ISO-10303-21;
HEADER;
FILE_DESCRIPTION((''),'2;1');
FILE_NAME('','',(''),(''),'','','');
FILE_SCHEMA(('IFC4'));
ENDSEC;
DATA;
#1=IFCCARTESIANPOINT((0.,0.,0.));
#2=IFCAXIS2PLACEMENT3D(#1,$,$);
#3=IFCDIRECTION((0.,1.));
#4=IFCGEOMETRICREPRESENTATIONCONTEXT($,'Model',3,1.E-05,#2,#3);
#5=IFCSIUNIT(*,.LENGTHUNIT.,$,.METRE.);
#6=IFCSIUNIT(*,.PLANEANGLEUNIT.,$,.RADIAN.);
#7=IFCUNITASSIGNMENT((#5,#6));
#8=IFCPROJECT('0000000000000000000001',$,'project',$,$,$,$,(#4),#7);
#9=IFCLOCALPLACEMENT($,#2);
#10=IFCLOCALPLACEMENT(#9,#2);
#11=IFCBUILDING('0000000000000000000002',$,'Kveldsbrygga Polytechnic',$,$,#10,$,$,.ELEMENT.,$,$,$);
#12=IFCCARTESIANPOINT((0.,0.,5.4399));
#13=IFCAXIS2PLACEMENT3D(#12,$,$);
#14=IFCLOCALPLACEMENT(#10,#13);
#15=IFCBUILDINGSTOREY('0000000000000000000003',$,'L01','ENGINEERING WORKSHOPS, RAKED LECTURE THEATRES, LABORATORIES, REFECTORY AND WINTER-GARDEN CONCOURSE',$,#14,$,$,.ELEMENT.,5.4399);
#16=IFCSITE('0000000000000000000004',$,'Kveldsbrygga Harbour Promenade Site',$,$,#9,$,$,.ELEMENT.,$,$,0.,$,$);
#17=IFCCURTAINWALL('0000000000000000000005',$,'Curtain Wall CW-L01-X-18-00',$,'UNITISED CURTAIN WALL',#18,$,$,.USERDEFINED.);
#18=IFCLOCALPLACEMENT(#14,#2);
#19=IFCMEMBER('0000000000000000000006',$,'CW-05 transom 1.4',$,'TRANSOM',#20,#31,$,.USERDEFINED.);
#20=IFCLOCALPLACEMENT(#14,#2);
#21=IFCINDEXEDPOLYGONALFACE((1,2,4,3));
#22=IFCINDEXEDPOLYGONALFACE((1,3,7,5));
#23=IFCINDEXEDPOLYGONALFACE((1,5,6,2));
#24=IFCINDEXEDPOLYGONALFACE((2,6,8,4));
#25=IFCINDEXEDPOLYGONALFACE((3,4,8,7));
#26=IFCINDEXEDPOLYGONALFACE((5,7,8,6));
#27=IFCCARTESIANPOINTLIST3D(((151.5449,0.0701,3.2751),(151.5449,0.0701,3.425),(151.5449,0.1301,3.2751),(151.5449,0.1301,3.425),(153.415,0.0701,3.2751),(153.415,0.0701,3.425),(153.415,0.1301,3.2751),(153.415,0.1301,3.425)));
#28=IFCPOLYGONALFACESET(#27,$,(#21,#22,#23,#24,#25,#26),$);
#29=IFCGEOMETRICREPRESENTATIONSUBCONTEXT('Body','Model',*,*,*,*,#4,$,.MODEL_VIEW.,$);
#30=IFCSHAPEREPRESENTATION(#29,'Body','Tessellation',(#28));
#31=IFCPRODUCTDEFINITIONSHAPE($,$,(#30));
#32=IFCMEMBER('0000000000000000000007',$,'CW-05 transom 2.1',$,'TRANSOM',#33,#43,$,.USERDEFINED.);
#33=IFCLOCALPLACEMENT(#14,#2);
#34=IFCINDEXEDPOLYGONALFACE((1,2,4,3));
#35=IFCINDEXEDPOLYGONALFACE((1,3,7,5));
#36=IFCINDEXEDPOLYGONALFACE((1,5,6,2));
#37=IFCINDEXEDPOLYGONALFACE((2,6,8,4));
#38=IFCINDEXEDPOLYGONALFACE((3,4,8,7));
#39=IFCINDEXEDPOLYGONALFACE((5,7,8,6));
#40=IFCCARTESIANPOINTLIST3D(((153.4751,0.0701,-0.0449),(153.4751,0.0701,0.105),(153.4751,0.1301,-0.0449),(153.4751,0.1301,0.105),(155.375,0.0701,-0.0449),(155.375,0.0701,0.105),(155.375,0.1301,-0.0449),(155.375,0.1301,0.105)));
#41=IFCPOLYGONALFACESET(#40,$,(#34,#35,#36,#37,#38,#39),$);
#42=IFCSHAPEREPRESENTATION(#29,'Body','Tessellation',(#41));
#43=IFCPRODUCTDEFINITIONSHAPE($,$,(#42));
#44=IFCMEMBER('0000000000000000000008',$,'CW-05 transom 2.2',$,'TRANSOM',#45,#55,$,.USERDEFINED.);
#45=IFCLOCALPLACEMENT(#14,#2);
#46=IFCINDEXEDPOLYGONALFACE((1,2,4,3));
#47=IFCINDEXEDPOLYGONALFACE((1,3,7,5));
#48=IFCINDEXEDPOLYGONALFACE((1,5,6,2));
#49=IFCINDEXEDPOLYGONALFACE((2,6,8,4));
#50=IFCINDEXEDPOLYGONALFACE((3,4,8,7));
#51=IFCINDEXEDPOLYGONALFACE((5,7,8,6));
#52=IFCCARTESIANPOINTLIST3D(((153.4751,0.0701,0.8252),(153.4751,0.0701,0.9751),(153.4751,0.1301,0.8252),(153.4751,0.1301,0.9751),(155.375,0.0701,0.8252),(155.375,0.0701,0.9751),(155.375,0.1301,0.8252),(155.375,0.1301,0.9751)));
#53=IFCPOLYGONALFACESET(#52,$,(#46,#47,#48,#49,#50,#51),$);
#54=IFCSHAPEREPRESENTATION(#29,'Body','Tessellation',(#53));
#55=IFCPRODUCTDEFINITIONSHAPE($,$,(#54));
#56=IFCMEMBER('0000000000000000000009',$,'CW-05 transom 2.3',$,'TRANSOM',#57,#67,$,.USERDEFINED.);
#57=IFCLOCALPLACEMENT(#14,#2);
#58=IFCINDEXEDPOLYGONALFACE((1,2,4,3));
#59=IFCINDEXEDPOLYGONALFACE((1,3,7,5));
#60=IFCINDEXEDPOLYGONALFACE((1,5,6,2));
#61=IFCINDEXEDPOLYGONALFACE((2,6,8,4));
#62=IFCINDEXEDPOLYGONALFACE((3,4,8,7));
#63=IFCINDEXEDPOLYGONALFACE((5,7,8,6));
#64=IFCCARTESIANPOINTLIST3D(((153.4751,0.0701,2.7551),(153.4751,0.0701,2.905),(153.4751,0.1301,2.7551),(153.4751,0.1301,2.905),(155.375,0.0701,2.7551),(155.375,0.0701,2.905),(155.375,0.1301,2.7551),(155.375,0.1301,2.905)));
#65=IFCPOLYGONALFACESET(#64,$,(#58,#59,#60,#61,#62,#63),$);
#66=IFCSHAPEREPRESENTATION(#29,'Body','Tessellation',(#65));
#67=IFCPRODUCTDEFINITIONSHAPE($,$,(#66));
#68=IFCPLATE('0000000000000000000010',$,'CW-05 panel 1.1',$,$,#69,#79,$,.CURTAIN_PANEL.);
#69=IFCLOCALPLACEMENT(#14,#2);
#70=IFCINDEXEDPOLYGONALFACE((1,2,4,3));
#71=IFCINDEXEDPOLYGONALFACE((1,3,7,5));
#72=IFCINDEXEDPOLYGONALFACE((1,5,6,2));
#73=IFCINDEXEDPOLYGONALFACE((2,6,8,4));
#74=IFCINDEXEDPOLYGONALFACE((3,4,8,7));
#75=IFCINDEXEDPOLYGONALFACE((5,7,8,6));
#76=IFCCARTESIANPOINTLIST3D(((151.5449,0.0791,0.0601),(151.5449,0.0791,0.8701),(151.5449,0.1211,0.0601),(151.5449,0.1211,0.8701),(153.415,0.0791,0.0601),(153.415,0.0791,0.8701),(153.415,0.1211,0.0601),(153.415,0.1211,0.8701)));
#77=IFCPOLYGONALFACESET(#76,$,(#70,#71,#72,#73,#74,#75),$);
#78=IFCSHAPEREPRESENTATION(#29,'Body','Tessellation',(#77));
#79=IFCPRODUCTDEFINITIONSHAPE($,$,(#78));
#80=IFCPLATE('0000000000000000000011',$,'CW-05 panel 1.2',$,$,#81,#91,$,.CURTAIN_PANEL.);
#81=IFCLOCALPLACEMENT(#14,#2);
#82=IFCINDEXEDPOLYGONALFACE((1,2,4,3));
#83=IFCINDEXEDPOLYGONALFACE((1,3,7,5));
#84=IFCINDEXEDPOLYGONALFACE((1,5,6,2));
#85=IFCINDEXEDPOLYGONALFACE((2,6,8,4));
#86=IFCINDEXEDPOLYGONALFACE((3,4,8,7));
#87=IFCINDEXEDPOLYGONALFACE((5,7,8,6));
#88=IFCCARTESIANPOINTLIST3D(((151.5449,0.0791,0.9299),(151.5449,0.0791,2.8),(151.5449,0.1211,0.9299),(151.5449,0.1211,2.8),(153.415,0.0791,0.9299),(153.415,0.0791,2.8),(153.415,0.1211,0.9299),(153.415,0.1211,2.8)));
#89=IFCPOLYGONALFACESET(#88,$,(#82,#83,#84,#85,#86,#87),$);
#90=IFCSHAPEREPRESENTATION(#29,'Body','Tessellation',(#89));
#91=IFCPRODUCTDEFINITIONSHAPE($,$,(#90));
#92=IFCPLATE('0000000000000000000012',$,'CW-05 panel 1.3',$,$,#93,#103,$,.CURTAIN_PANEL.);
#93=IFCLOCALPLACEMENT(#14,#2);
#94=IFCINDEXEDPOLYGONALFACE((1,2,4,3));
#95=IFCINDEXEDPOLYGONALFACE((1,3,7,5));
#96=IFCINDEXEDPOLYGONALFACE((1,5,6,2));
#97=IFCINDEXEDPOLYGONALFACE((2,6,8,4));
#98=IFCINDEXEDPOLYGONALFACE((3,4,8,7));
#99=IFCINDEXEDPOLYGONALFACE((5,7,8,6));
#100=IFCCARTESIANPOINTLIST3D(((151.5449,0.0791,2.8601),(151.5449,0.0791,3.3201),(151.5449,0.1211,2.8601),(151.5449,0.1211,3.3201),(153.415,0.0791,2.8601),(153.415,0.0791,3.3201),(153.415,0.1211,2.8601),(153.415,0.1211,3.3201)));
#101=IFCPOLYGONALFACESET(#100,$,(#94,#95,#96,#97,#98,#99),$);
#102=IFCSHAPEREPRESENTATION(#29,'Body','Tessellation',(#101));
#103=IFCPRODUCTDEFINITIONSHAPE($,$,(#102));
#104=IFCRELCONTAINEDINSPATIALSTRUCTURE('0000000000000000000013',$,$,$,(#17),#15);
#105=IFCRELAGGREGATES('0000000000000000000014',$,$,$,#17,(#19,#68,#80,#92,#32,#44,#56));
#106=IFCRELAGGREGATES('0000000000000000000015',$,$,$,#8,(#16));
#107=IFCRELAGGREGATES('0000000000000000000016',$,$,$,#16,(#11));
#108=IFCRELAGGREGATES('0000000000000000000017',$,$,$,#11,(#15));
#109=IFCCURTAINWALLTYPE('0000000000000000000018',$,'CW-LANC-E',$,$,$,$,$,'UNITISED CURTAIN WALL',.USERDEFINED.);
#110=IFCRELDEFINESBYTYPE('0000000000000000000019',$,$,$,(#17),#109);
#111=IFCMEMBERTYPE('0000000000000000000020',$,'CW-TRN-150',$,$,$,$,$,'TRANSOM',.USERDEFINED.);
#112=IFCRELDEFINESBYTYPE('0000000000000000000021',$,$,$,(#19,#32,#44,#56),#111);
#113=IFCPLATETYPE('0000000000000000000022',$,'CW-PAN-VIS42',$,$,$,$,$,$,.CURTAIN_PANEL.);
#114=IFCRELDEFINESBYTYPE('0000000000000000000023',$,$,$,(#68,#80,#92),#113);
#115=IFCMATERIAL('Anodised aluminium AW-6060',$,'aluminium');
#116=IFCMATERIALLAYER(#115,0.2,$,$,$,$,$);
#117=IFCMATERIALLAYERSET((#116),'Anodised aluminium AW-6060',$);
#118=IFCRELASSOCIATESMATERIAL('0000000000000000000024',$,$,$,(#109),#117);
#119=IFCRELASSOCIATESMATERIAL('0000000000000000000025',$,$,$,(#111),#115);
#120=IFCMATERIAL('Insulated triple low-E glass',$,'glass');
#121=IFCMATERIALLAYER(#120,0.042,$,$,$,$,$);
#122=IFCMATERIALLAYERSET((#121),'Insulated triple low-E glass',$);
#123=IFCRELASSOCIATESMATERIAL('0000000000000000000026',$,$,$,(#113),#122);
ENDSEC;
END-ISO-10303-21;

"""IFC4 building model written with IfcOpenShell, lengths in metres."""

from ifc_helpers import new_model, si_unit, direction, frame, origin, origin_2d, place, context, subcontext, project, spatial, rectangle, extrude, material, layer, layer_set, material_profile, profile_set, type_object, element, aggregate, save


model = new_model("IFC4")

# Units and contexts
model_context = context("Model", 3, precision=1e-05, world=origin(), true_north=direction((0.0, 1.0)))
body_context = subcontext(model_context, "Body", "Model", "MODEL_VIEW")
ifc_project = project(units=[si_unit("LENGTHUNIT", "METRE"), si_unit("PLANEANGLEUNIT", "RADIAN")], contexts=[model_context])

# Site, building, storey
site_placement = place(None, origin())
site = spatial("IfcSite", under=ifc_project, at=site_placement, Name="Kveldsbrygga Harbour Promenade Site", CompositionType="ELEMENT", RefElevation=0.0)
building_placement = place(site_placement, origin())
building = spatial("IfcBuilding", under=site, at=building_placement, Name="Kveldsbrygga Polytechnic", CompositionType="ELEMENT")
storey_placement = place(building_placement, frame((0.0, 0.0, 5.4399)))
storey = spatial("IfcBuildingStorey", under=building, at=storey_placement, Name="L01", Description="ENGINEERING WORKSHOPS, RAKED LECTURE THEATRES, LABORATORIES, REFECTORY AND WINTER-GARDEN CONCOURSE", CompositionType="ELEMENT", Elevation=5.4399)

# Curtain wall, members, plates
ifc_material_1 = material(Name="Anodised aluminium AW-6060", Category="aluminium")
ifc_layer_1 = layer(ifc_material_1, 0.2)
ifc_layer_set_1 = layer_set([ifc_layer_1], Name="Anodised aluminium AW-6060")
curtain_wall_type = type_object("IfcCurtainWallType", Name="CW-LANC-E", ElementType="UNITISED CURTAIN WALL", PredefinedType="USERDEFINED", material=ifc_layer_set_1)
curtain_wall_placement = place(storey_placement, origin())
curtain_wall = element("IfcCurtainWall", 1, at=curtain_wall_placement, inside=storey, type_object=curtain_wall_type, Name="Curtain Wall CW-L01-X-18-00", ObjectType="UNITISED CURTAIN WALL", PredefinedType="USERDEFINED")
ifc_material_profile_1 = material_profile(ifc_material_1, rectangle(XDim=0.0601, YDim=0.1499, at=origin_2d()), Name="ALU 60x150")
ifc_profile_set_1 = profile_set([ifc_material_profile_1], Name="Anodised aluminium AW-6060")
member_type_1 = type_object("IfcMemberType", Name="CW-TRN-150", ElementType="TRANSOM", PredefinedType="USERDEFINED", material=ifc_profile_set_1)
member_1_placement = place(storey_placement, frame((151.5449, 0.1001, 3.3501), z_axis=(1.0, 0.0, 0.0), x_axis=(0.0, 1.0, 0.0)))
member_1 = element("IfcMember", 2, at=member_1_placement, type_object=member_type_1, Name="CW-05 transom 1.4", ObjectType="TRANSOM", PredefinedType="USERDEFINED", context=body_context, shape_type="SweptSolid", body=[
    extrude(rectangle(XDim=0.0601, YDim=0.1499, at=origin_2d()), origin(), (0.0, 0.0, 1.0), 1.8701),
])
member_2_placement = place(storey_placement, frame((153.4751, 0.1001, 0.03), z_axis=(1.0, 0.0, 0.0), x_axis=(0.0, 1.0, 0.0)))
member_2 = element("IfcMember", 3, at=member_2_placement, type_object=member_type_1, Name="CW-05 transom 2.1", ObjectType="TRANSOM", PredefinedType="USERDEFINED", context=body_context, shape_type="SweptSolid", body=[
    extrude(rectangle(XDim=0.0601, YDim=0.1499, at=origin_2d()), origin(), (0.0, 0.0, 1.0), 1.8999),
])
member_3_placement = place(storey_placement, frame((153.4751, 0.1001, 0.9001), z_axis=(1.0, 0.0, 0.0), x_axis=(0.0, 1.0, 0.0)))
member_3 = element("IfcMember", 4, at=member_3_placement, type_object=member_type_1, Name="CW-05 transom 2.2", ObjectType="TRANSOM", PredefinedType="USERDEFINED", context=body_context, shape_type="SweptSolid", body=[
    extrude(rectangle(XDim=0.0601, YDim=0.1499, at=origin_2d()), origin(), (0.0, 0.0, 1.0), 1.8999),
])
member_4_placement = place(storey_placement, frame((153.4751, 0.1001, 2.8301), z_axis=(1.0, 0.0, 0.0), x_axis=(0.0, 1.0, 0.0)))
member_4 = element("IfcMember", 5, at=member_4_placement, type_object=member_type_1, Name="CW-05 transom 2.3", ObjectType="TRANSOM", PredefinedType="USERDEFINED", context=body_context, shape_type="SweptSolid", body=[
    extrude(rectangle(XDim=0.0601, YDim=0.1499, at=origin_2d()), origin(), (0.0, 0.0, 1.0), 1.8999),
])
ifc_material_2 = material(Name="Insulated triple low-E glass", Category="glass")
ifc_layer_2 = layer(ifc_material_2, 0.042)
ifc_layer_set_2 = layer_set([ifc_layer_2], Name="Insulated triple low-E glass")
plate_type = type_object("IfcPlateType", Name="CW-PAN-VIS42", PredefinedType="CURTAIN_PANEL", material=ifc_layer_set_2)
plate_1_placement = place(storey_placement, frame((152.48, 0.1001, 0.0601), z_axis=(0.0, 0.0, 1.0), x_axis=(1.0, 0.0, 0.0)))
plate_1 = element("IfcPlate", 6, at=plate_1_placement, type_object=plate_type, Name="CW-05 panel 1.1", PredefinedType="CURTAIN_PANEL", context=body_context, shape_type="SweptSolid", body=[
    extrude(rectangle(XDim=1.8701, YDim=0.042, at=origin_2d()), origin(), (0.0, 0.0, 1.0), 0.8101),
])
plate_2_placement = place(storey_placement, frame((152.48, 0.1001, 0.9299), z_axis=(0.0, 0.0, 1.0), x_axis=(1.0, 0.0, 0.0)))
plate_2 = element("IfcPlate", 7, at=plate_2_placement, type_object=plate_type, Name="CW-05 panel 1.2", PredefinedType="CURTAIN_PANEL", context=body_context, shape_type="SweptSolid", body=[
    extrude(rectangle(XDim=1.8701, YDim=0.042, at=origin_2d()), origin(), (0.0, 0.0, 1.0), 1.8701),
])
plate_3_placement = place(storey_placement, frame((152.48, 0.1001, 2.8601), z_axis=(0.0, 0.0, 1.0), x_axis=(1.0, 0.0, 0.0)))
plate_3 = element("IfcPlate", 8, at=plate_3_placement, type_object=plate_type, Name="CW-05 panel 1.3", PredefinedType="CURTAIN_PANEL", context=body_context, shape_type="SweptSolid", body=[
    extrude(rectangle(XDim=1.8701, YDim=0.042, at=origin_2d()), origin(), (0.0, 0.0, 1.0), 0.46),
])
aggregate(curtain_wall, [member_1, plate_1, plate_2, plate_3, member_2, member_3, member_4])

save(model, "model.ifc")
